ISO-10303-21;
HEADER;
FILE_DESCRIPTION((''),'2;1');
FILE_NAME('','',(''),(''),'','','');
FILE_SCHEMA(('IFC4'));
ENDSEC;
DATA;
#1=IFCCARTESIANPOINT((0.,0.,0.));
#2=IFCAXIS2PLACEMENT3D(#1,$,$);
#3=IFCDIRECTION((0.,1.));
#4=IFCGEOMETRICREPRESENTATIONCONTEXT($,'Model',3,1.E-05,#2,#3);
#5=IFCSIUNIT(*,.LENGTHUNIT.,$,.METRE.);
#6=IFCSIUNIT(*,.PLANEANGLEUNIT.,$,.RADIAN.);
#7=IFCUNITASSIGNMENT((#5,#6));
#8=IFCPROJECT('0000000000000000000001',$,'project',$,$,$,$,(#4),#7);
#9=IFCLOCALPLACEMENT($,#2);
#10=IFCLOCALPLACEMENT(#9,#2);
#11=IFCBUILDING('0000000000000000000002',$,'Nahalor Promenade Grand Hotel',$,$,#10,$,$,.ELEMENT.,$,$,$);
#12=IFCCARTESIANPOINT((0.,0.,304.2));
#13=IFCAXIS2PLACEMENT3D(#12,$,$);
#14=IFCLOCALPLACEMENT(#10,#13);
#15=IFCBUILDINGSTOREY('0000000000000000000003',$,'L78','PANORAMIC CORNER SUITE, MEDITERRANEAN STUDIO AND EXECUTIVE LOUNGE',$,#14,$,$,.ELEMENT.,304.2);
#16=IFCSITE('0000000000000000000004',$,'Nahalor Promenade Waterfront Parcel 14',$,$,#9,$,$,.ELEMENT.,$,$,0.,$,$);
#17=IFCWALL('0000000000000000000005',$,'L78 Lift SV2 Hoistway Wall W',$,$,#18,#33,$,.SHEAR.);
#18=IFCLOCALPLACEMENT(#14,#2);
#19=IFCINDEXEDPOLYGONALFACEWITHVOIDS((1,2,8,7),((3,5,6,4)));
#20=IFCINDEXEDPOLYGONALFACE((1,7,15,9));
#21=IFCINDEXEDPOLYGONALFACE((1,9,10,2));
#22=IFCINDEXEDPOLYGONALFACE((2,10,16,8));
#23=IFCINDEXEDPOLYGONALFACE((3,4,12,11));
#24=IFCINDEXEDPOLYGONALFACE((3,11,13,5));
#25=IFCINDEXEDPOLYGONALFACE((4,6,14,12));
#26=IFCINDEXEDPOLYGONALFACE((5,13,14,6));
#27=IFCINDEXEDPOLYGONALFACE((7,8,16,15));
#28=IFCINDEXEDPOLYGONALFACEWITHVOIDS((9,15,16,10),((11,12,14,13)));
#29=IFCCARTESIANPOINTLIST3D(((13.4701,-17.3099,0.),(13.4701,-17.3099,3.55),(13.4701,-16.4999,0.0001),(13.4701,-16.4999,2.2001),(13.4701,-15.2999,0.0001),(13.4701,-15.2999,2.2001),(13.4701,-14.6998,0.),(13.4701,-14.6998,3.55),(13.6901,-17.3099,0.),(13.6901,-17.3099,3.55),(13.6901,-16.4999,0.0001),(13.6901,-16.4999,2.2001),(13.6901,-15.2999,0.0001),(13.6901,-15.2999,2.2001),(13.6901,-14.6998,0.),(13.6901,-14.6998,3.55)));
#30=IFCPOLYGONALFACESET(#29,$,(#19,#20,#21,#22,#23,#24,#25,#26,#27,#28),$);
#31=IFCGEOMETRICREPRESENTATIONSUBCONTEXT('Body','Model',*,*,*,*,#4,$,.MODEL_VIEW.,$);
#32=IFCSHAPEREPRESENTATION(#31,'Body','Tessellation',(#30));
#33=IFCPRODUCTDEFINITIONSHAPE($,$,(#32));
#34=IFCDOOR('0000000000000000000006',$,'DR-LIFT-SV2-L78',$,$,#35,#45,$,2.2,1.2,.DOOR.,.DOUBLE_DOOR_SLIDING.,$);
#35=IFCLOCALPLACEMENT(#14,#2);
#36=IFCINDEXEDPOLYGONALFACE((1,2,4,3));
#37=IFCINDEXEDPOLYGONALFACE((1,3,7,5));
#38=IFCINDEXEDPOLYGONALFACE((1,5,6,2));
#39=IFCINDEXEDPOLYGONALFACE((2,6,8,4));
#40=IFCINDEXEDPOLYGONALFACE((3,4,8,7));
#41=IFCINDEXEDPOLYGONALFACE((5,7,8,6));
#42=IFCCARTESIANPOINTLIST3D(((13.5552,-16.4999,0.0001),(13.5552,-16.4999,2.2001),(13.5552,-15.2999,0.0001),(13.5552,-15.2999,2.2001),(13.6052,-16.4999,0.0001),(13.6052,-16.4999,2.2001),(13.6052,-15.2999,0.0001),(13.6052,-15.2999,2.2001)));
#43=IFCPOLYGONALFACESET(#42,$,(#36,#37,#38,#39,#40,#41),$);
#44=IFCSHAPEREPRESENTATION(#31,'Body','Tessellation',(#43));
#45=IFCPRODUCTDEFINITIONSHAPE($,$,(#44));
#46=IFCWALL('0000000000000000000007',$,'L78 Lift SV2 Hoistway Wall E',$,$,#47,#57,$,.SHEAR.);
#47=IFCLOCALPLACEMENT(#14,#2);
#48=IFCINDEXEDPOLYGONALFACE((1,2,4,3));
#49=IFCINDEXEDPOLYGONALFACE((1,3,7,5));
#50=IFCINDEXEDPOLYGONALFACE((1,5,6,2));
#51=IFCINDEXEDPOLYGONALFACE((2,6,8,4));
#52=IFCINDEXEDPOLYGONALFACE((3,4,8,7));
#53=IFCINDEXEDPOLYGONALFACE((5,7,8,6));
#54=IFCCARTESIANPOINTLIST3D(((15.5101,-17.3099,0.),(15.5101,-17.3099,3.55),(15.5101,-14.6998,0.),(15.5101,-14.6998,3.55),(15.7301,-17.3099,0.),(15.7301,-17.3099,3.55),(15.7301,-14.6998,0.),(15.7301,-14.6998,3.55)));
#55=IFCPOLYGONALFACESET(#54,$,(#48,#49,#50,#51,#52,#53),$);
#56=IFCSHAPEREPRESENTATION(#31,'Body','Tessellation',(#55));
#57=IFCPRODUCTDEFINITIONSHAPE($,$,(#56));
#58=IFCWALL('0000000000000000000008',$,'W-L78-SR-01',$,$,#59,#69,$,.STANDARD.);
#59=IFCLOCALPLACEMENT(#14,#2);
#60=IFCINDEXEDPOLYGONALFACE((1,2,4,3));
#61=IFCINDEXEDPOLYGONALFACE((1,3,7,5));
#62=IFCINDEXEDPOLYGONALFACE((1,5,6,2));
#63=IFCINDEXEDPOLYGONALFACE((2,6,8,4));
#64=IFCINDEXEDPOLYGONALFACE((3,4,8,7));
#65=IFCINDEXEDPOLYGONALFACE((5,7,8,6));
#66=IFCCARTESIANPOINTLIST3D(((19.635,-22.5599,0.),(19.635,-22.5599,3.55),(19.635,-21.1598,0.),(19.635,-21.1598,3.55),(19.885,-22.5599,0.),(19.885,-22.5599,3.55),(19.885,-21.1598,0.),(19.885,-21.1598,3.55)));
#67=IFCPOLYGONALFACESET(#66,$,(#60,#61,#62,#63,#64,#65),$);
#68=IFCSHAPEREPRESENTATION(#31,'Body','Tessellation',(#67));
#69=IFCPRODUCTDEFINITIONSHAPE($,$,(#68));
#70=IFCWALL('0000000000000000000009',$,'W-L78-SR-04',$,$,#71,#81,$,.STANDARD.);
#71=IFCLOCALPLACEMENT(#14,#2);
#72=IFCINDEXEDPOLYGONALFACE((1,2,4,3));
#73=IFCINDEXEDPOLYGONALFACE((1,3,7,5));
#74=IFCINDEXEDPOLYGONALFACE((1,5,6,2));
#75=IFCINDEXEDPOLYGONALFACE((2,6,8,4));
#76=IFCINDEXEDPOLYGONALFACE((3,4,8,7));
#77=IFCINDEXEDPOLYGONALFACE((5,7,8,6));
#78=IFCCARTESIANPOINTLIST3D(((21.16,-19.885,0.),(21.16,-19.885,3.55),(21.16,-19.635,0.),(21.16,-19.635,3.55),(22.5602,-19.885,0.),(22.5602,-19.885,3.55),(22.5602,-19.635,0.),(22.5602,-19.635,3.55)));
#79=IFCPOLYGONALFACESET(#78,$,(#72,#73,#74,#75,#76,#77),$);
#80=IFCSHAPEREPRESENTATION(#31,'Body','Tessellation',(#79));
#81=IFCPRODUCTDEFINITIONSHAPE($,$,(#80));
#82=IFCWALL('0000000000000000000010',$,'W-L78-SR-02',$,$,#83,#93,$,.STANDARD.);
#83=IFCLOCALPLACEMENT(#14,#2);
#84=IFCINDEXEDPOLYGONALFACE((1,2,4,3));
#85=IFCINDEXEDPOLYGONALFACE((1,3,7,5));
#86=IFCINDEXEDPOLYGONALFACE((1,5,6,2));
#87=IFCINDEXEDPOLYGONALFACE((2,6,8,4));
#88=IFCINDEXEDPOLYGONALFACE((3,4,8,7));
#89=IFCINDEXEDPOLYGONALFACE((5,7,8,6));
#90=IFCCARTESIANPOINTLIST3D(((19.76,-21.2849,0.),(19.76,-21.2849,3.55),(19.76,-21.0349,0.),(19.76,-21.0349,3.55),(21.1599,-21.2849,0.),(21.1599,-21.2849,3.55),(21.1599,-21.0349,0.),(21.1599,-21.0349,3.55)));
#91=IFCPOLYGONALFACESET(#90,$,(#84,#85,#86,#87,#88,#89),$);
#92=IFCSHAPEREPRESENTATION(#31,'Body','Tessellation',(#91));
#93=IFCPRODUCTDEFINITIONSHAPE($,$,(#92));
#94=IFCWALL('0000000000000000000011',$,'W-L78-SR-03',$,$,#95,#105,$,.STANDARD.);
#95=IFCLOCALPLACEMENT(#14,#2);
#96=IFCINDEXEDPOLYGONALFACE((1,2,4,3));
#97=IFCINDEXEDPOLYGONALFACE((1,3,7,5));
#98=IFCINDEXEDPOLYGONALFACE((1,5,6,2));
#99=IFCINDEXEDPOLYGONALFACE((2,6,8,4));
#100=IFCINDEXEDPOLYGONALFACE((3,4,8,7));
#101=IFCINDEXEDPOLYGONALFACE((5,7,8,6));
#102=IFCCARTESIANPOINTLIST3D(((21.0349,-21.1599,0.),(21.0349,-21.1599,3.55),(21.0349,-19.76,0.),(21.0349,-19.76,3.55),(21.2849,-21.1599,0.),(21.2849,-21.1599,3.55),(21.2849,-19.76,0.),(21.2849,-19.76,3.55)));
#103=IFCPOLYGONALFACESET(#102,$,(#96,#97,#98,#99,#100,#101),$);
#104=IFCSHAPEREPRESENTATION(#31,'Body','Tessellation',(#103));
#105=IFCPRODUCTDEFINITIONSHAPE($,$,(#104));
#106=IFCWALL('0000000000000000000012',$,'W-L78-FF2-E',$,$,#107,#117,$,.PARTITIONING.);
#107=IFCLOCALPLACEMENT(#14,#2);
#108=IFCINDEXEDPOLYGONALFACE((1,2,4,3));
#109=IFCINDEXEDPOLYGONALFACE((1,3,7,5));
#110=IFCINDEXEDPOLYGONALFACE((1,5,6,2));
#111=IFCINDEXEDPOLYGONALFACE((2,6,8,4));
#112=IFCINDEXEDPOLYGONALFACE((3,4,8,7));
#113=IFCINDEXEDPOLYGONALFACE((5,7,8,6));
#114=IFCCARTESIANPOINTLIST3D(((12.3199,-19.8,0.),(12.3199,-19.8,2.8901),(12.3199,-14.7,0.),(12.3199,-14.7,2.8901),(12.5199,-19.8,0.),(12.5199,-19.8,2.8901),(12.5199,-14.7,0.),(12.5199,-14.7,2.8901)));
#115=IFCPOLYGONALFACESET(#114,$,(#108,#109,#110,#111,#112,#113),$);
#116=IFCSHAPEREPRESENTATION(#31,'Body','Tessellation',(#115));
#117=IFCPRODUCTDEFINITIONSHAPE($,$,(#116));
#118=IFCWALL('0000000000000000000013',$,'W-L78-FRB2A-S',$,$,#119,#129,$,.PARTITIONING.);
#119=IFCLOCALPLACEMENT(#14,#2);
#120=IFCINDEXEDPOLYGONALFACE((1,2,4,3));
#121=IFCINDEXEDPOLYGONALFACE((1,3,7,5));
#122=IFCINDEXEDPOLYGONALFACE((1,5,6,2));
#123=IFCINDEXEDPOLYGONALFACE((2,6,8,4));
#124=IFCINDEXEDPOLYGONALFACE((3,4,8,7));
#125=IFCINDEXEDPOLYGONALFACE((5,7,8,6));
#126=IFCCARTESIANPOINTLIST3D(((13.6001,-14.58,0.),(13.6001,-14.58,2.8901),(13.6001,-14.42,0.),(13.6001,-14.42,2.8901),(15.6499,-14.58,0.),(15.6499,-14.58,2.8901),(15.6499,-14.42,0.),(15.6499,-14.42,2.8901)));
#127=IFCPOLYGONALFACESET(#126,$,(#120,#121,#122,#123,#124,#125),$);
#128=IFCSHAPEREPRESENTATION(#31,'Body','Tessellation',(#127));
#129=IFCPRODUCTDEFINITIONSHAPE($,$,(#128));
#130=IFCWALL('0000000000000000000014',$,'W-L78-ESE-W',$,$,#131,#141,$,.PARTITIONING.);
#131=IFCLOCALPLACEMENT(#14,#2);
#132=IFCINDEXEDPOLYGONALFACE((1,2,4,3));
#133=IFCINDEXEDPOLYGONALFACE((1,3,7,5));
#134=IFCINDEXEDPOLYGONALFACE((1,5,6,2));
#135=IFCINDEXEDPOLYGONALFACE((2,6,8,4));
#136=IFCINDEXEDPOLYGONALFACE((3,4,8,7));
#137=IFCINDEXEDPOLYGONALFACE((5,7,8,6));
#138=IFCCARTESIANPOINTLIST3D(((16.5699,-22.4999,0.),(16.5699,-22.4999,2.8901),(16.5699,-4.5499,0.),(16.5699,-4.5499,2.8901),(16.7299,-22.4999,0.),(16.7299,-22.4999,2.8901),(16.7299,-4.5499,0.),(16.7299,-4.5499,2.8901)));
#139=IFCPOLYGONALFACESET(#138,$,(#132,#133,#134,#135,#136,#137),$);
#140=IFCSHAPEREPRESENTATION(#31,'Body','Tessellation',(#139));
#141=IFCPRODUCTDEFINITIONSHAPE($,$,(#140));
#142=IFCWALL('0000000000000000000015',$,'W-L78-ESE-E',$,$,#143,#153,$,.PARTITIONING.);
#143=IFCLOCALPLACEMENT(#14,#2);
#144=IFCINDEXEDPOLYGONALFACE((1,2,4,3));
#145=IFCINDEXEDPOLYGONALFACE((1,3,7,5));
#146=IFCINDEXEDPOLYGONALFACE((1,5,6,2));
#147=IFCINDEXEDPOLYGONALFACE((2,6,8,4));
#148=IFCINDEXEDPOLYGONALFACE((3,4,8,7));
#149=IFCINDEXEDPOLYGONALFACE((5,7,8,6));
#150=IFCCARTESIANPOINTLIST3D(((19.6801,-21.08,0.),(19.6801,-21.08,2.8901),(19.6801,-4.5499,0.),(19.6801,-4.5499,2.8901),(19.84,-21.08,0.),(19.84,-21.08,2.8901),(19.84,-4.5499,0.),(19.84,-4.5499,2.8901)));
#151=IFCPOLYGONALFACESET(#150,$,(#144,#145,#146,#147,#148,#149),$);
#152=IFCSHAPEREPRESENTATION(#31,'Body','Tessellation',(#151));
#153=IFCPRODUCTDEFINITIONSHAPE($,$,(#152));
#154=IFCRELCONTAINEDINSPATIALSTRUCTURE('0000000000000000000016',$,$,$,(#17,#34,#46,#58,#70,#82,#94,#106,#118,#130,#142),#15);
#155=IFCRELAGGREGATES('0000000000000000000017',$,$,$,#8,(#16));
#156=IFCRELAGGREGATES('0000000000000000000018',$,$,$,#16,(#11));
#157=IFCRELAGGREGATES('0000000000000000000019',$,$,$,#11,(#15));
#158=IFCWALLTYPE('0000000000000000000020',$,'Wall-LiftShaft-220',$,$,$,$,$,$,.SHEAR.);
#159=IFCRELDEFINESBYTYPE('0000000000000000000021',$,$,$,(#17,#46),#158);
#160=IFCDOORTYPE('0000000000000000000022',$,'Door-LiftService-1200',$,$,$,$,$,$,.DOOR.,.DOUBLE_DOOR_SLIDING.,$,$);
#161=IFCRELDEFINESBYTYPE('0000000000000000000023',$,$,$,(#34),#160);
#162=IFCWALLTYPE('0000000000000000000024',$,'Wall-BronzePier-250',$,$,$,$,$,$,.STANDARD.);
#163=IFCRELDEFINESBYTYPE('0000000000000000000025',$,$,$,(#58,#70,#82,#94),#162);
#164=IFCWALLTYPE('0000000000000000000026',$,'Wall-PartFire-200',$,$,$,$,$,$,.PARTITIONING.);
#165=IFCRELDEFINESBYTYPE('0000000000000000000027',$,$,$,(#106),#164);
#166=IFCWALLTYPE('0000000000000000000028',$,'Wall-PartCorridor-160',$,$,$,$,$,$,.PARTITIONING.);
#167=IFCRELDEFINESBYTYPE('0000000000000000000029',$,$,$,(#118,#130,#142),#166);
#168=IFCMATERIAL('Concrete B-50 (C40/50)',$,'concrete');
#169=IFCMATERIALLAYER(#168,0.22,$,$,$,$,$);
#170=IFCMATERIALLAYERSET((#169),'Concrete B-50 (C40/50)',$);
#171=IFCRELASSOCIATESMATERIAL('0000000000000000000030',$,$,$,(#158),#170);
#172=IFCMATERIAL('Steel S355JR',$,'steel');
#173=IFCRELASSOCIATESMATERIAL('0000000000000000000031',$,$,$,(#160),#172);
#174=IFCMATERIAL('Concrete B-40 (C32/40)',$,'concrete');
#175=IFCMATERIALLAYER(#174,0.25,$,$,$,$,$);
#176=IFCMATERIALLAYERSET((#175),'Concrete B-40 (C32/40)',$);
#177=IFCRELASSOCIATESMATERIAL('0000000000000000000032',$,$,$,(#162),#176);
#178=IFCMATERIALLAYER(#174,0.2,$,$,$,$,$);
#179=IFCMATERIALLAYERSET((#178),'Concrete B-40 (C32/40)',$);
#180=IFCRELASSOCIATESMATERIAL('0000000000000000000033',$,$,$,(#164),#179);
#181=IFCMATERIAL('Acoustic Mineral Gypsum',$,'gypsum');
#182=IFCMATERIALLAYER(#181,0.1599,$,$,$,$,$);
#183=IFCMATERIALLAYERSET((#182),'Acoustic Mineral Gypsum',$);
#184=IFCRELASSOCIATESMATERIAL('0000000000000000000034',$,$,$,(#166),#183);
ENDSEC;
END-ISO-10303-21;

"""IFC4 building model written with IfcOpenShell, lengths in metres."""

from ifc_helpers import new_model, si_unit, direction, frame, frame_2d, origin, place, context, subcontext, project, spatial, rectangle, extrude, source, transform, mapped, material, layer, layer_set, type_object, element, fill, save


model = new_model("IFC4")

# Units and contexts
model_context = context("Model", 3, precision=1e-05, world=origin(), true_north=direction((0.0, 1.0)))
body_context = subcontext(model_context, "Body", "Model", "MODEL_VIEW")
ifc_project = project(units=[si_unit("LENGTHUNIT", "METRE"), si_unit("PLANEANGLEUNIT", "RADIAN")], contexts=[model_context])

# Site, building, storey
site_placement = place(None, origin())
site = spatial("IfcSite", under=ifc_project, at=site_placement, Name="Nahalor Promenade Waterfront Parcel 14", CompositionType="ELEMENT", RefElevation=0.0)
building_placement = place(site_placement, origin())
building = spatial("IfcBuilding", under=site, at=building_placement, Name="Nahalor Promenade Grand Hotel", CompositionType="ELEMENT")
storey_placement = place(building_placement, frame((0.0, 0.0, 304.2)))
storey = spatial("IfcBuildingStorey", under=building, at=storey_placement, Name="L78", Description="PANORAMIC CORNER SUITE, MEDITERRANEAN STUDIO AND EXECUTIVE LOUNGE", CompositionType="ELEMENT", Elevation=304.2)

# Shared definitions
ifc_material_1 = material(Name="Concrete B-50 (C40/50)", Category="concrete")
ifc_material_2 = material(Name="Steel S355JR", Category="steel")

# Shared definitions
ifc_layer_1 = layer(ifc_material_1, 0.22)
ifc_layer_set_1 = layer_set([ifc_layer_1], Name="Concrete B-50 (C40/50)")
wall_type_1 = type_object("IfcWallType", Name="Wall-LiftShaft-220", PredefinedType="SHEAR", material=ifc_layer_set_1)

# Wall, opening, door
shared_shape_1 = source(origin(), body_context, "Body", "SweptSolid", [
    extrude(rectangle(XDim=2.6101, YDim=0.22, at=frame_2d((1.3052, 0.0))), origin(), (0.0, 0.0, 1.0), 3.55),
])
wall_1_placement = place(storey_placement, frame((13.5801, -17.3101, 0.0), z_axis=(0.0, 0.0, 1.0), x_axis=(0.0, 1.0, 0.0)))
wall_1 = element("IfcWall", 1, at=wall_1_placement, inside=storey, type_object=wall_type_1, Name="L78 Lift SV2 Hoistway Wall W", PredefinedType="SHEAR", context=body_context, shape_type="MappedRepresentation", body=[
    mapped(shared_shape_1, transform((0.0, 0.0, 0.0), scale=1.0)),
])
opening_placement = place(wall_1_placement, frame((0.8101, 0.0, 0.0)))
opening = element("IfcOpeningElement", 2, at=opening_placement, cuts=wall_1, PredefinedType="OPENING", context=body_context, shape_type="SweptSolid", body=[
    extrude(rectangle(XDim=1.2, YDim=2.2, at=frame_2d((0.6001, 1.1001))), frame((0.0, 0.1199, 0.0), z_axis=(0.0, -1.0, 0.0), x_axis=(1.0, 0.0, 0.0)), (0.0, 0.0, 1.0), 0.24),
])
door_type = type_object("IfcDoorType", Name="Door-LiftService-1200", OperationType="DOUBLE_DOOR_SLIDING", PredefinedType="DOOR", material=ifc_material_2)
shared_shape_2 = source(origin(), body_context, "Body", "SweptSolid", [
    extrude(rectangle(XDim=1.2, YDim=2.2, at=frame_2d((0.6001, 1.1001))), frame((0.0, 0.0249, 0.0), z_axis=(0.0, -1.0, 0.0), x_axis=(1.0, 0.0, 0.0)), (0.0, 0.0, 1.0), 0.05),
])
door_placement = place(opening_placement, origin())
door = element("IfcDoor", 3, at=door_placement, inside=storey, type_object=door_type, Name="DR-LIFT-SV2-L78", OperationType="DOUBLE_DOOR_SLIDING", OverallHeight=2.2, OverallWidth=1.2, PredefinedType="DOOR", context=body_context, shape_type="MappedRepresentation", body=[
    mapped(shared_shape_2, transform((0.0, 0.0, 0.0), scale=1.0)),
])
fill(opening, door)

# Walls
wall_2_placement = place(storey_placement, frame((15.6201, -17.3101, 0.0), z_axis=(0.0, 0.0, 1.0), x_axis=(0.0, 1.0, 0.0)))
element("IfcWall", 4, at=wall_2_placement, inside=storey, type_object=wall_type_1, Name="L78 Lift SV2 Hoistway Wall E", PredefinedType="SHEAR", context=body_context, shape_type="MappedRepresentation", body=[
    mapped(shared_shape_1, transform((0.0, 0.0, 0.0), scale=1.0)),
])
ifc_material_3 = material(Name="Concrete B-40 (C32/40)", Category="concrete")
ifc_layer_2 = layer(ifc_material_3, 0.25)
ifc_layer_set_2 = layer_set([ifc_layer_2], Name="Concrete B-40 (C32/40)")
wall_type_2 = type_object("IfcWallType", Name="Wall-BronzePier-250", PredefinedType="STANDARD", material=ifc_layer_set_2)
shared_shape_3 = source(origin(), body_context, "Body", "SweptSolid", [
    extrude(rectangle(XDim=1.4001, YDim=0.25, at=frame_2d((0.7002, 0.0))), origin(), (0.0, 0.0, 1.0), 3.55),
])
for number, where, z_axis, x_axis, name in (
    (5, (19.76, -22.5601, 0.0), (0.0, 0.0, 1.0), (0.0, 1.0, 0.0), "W-L78-SR-01"),
    (6, (21.1599, -19.76, 0.0), (0.0, 0.0, 1.0), (1.0, 0.0, 0.0), "W-L78-SR-04"),
):
    element("IfcWall", number, at=place(storey_placement, frame(where, z_axis=z_axis, x_axis=x_axis)), inside=storey, type_object=wall_type_2, Name=name, PredefinedType="STANDARD", context=body_context, shape_type="MappedRepresentation", body=[
        mapped(shared_shape_3, transform((0.0, 0.0, 0.0), scale=1.0)),
    ])
shared_shape_4 = source(origin(), body_context, "Body", "SweptSolid", [
    extrude(rectangle(XDim=1.3999, YDim=0.25, at=frame_2d((0.7, 0.0))), origin(), (0.0, 0.0, 1.0), 3.55),
])
for number, where, z_axis, x_axis, name in (
    (7, (19.76, -21.1599, 0.0), (0.0, 0.0, 1.0), (1.0, 0.0, 0.0), "W-L78-SR-02"),
    (8, (21.1599, -21.1599, 0.0), (0.0, 0.0, 1.0), (0.0, 1.0, 0.0), "W-L78-SR-03"),
):
    element("IfcWall", number, at=place(storey_placement, frame(where, z_axis=z_axis, x_axis=x_axis)), inside=storey, type_object=wall_type_2, Name=name, PredefinedType="STANDARD", context=body_context, shape_type="MappedRepresentation", body=[
        mapped(shared_shape_4, transform((0.0, 0.0, 0.0), scale=1.0)),
    ])
ifc_layer_3 = layer(ifc_material_3, 0.2)
ifc_layer_set_3 = layer_set([ifc_layer_3], Name="Concrete B-40 (C32/40)")
wall_type_3 = type_object("IfcWallType", Name="Wall-PartFire-200", PredefinedType="PARTITIONING", material=ifc_layer_set_3)
shared_shape_5 = source(origin(), body_context, "Body", "SweptSolid", [
    extrude(rectangle(XDim=5.1001, YDim=0.2, at=frame_2d((2.55, 0.0))), origin(), (0.0, 0.0, 1.0), 2.8901),
])
wall_3_placement = place(storey_placement, frame((12.4199, -19.8, 0.0), z_axis=(0.0, 0.0, 1.0), x_axis=(0.0, 1.0, 0.0)))
element("IfcWall", 9, at=wall_3_placement, inside=storey, type_object=wall_type_3, Name="W-L78-FF2-E", PredefinedType="PARTITIONING", context=body_context, shape_type="MappedRepresentation", body=[
    mapped(shared_shape_5, transform((0.0, 0.0, 0.0), scale=1.0)),
])
ifc_material_4 = material(Name="Acoustic Mineral Gypsum", Category="gypsum")
ifc_layer_4 = layer(ifc_material_4, 0.1599)
ifc_layer_set_4 = layer_set([ifc_layer_4], Name="Acoustic Mineral Gypsum")
wall_type_4 = type_object("IfcWallType", Name="Wall-PartCorridor-160", PredefinedType="PARTITIONING", material=ifc_layer_set_4)
shared_shape_6 = source(origin(), body_context, "Body", "SweptSolid", [
    extrude(rectangle(XDim=2.0498, YDim=0.1599, at=frame_2d((1.0249, 0.0))), origin(), (0.0, 0.0, 1.0), 2.8901),
])
wall_4_placement = place(storey_placement, frame((13.6001, -14.5, 0.0), z_axis=(0.0, 0.0, 1.0), x_axis=(1.0, 0.0, 0.0)))
element("IfcWall", 10, at=wall_4_placement, inside=storey, type_object=wall_type_4, Name="W-L78-FRB2A-S", PredefinedType="PARTITIONING", context=body_context, shape_type="MappedRepresentation", body=[
    mapped(shared_shape_6, transform((0.0, 0.0, 0.0), scale=1.0)),
])
shared_shape_7 = source(origin(), body_context, "Body", "SweptSolid", [
    extrude(rectangle(XDim=17.95, YDim=0.1599, at=frame_2d((8.9751, 0.0))), origin(), (0.0, 0.0, 1.0), 2.8901),
])
wall_5_placement = place(storey_placement, frame((16.6499, -22.5, 0.0), z_axis=(0.0, 0.0, 1.0), x_axis=(0.0, 1.0, 0.0)))
element("IfcWall", 11, at=wall_5_placement, inside=storey, type_object=wall_type_4, Name="W-L78-ESE-W", PredefinedType="PARTITIONING", context=body_context, shape_type="MappedRepresentation", body=[
    mapped(shared_shape_7, transform((0.0, 0.0, 0.0), scale=1.0)),
])
shared_shape_8 = source(origin(), body_context, "Body", "SweptSolid", [
    extrude(rectangle(XDim=16.53, YDim=0.1599, at=frame_2d((8.2651, 0.0))), origin(), (0.0, 0.0, 1.0), 2.8901),
])
wall_6_placement = place(storey_placement, frame((19.76, -21.0801, 0.0), z_axis=(0.0, 0.0, 1.0), x_axis=(0.0, 1.0, 0.0)))
element("IfcWall", 12, at=wall_6_placement, inside=storey, type_object=wall_type_4, Name="W-L78-ESE-E", PredefinedType="PARTITIONING", context=body_context, shape_type="MappedRepresentation", body=[
    mapped(shared_shape_8, transform((0.0, 0.0, 0.0), scale=1.0)),
])

save(model, "model.ifc")
